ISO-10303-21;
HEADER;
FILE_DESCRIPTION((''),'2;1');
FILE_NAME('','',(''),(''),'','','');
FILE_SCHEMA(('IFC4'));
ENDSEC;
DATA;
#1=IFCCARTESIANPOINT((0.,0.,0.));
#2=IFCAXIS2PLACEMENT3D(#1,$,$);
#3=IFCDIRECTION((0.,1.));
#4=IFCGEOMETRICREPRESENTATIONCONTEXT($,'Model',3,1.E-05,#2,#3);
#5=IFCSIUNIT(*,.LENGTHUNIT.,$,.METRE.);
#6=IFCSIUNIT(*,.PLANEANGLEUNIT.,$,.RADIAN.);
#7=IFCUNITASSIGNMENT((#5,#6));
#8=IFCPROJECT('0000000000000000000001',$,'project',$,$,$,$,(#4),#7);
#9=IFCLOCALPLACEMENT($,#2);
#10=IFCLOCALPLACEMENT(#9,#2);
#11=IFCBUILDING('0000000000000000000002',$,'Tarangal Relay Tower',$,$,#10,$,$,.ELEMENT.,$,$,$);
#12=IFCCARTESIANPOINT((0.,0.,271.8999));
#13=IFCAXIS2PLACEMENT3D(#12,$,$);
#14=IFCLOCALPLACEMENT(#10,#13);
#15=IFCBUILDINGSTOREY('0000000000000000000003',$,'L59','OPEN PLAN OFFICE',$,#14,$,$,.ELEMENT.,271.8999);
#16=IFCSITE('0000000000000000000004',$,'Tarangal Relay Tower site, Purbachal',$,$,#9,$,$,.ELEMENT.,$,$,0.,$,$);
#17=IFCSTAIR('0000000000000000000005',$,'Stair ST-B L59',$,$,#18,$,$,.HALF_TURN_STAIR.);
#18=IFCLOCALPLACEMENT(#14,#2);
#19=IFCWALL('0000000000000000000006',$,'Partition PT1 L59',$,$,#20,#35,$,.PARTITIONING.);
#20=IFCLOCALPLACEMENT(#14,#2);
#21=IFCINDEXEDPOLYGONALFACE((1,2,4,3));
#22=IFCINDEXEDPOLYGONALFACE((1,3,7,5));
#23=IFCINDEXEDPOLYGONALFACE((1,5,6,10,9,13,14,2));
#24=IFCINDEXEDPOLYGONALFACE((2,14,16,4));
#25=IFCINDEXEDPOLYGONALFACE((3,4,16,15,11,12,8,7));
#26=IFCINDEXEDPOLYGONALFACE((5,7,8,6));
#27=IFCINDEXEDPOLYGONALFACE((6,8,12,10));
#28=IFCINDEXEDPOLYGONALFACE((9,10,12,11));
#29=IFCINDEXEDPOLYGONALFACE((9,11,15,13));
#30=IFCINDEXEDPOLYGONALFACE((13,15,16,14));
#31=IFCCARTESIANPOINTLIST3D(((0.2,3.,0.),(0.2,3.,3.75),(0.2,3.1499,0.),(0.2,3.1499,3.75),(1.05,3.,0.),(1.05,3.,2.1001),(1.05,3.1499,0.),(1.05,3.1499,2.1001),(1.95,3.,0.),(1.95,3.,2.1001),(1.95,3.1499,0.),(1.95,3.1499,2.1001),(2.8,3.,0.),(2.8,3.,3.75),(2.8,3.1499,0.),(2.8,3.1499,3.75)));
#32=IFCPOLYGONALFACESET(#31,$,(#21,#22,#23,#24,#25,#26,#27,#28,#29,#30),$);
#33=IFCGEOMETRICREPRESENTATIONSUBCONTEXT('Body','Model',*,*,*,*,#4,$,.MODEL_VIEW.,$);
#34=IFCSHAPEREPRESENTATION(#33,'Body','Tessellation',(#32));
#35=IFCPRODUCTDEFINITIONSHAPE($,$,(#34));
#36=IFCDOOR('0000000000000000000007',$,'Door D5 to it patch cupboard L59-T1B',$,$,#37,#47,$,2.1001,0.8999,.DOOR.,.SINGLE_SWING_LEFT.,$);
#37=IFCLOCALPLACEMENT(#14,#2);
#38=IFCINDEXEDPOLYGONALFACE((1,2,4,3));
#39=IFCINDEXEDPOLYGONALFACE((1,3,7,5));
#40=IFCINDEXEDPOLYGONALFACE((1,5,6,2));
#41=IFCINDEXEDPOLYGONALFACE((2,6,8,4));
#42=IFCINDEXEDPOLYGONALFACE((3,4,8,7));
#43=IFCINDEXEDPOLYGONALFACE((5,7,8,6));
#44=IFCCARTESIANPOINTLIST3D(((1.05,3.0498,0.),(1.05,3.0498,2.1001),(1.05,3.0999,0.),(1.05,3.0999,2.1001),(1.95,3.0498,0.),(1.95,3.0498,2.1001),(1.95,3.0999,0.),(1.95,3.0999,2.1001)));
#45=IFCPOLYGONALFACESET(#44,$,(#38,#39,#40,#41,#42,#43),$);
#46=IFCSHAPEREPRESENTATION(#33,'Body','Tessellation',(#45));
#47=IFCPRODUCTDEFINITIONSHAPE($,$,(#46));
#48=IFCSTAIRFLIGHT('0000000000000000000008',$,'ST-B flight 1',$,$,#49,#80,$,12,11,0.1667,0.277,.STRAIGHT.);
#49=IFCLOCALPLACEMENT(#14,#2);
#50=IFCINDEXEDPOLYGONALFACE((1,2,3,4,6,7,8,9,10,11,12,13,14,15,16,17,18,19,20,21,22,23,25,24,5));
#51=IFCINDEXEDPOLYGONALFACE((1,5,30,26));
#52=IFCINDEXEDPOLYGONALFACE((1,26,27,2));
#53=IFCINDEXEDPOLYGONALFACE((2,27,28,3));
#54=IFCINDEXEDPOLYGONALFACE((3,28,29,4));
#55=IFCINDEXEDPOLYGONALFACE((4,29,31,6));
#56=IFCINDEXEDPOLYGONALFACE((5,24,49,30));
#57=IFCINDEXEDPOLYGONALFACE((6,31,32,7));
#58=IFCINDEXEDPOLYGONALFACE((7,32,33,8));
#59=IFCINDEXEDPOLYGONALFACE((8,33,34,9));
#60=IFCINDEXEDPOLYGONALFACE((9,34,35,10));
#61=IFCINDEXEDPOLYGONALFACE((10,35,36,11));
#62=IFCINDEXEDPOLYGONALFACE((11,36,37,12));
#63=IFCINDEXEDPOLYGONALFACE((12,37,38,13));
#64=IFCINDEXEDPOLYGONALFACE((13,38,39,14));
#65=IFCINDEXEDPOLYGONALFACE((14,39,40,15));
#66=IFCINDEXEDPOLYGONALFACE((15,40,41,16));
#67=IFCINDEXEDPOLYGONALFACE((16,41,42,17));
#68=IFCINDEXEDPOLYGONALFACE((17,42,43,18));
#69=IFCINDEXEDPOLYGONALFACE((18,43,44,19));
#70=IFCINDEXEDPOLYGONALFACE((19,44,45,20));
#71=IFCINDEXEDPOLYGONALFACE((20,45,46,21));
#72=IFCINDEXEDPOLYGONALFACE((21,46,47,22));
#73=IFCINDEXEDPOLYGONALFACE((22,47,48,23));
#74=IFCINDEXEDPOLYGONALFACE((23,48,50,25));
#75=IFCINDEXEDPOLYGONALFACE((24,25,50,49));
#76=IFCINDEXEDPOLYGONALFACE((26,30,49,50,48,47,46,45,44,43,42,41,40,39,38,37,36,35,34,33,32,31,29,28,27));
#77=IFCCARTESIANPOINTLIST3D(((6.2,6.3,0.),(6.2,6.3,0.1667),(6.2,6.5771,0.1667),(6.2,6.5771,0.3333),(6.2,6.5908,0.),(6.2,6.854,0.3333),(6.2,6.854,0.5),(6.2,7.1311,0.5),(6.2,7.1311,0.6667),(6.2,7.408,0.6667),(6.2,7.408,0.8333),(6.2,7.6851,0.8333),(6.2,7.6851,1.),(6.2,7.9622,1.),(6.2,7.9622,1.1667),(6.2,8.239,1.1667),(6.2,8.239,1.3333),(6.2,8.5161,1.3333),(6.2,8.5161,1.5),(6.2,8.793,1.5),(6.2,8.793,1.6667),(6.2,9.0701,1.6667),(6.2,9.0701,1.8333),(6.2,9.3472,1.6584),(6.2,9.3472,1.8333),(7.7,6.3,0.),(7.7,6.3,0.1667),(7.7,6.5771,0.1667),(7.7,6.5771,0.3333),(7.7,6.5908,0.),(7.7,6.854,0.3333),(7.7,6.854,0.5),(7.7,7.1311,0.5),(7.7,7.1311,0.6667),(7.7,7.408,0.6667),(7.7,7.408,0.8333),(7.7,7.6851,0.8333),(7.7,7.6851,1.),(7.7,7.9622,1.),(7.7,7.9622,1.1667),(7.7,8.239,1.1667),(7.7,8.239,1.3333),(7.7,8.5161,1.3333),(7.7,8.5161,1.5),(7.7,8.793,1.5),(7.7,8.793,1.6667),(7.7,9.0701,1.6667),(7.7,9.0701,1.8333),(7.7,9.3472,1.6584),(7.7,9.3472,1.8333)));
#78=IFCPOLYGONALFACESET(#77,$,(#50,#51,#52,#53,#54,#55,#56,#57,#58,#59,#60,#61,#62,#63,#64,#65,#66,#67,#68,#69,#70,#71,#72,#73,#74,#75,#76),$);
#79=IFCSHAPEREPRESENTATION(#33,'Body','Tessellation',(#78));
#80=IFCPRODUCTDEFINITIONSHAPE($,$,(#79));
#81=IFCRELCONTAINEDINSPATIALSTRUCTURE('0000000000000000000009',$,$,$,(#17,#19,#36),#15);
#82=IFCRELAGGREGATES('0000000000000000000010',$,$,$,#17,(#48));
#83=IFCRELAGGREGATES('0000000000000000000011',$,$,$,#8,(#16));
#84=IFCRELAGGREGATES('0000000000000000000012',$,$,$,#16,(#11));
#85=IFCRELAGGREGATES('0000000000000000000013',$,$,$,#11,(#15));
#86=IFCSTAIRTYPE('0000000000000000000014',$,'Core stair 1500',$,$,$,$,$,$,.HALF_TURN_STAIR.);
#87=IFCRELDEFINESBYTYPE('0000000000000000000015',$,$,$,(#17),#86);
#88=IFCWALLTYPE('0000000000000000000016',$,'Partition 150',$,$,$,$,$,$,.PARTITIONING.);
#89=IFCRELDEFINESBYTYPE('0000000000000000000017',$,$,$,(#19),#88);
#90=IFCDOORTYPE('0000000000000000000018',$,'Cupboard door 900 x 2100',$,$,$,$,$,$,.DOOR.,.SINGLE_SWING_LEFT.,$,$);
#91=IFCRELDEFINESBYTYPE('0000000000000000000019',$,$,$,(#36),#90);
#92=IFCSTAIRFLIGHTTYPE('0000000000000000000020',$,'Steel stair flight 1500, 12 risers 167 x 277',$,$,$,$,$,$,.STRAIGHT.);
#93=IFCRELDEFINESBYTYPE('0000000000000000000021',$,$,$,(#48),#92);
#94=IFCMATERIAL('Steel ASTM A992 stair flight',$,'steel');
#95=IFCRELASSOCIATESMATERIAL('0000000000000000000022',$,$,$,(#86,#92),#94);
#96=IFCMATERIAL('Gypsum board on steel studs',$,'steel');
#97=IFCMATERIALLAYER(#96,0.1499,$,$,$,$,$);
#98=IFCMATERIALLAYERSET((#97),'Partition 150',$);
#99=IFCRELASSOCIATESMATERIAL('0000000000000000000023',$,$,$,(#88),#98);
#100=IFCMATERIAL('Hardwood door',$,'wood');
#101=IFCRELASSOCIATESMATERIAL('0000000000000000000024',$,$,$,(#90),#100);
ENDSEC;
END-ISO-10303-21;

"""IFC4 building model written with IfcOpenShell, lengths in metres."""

from ifc_helpers import new_model, si_unit, direction, frame, frame_2d, origin, place, context, subcontext, project, spatial, polyline, rectangle, outline, extrude, material, layer, layer_set, type_object, element, fill, aggregate, save


model = new_model("IFC4")

# Units and contexts
model_context = context("Model", 3, precision=1e-05, world=origin(), true_north=direction((0.0, 1.0)))
body_context = subcontext(model_context, "Body", "Model", "MODEL_VIEW")
ifc_project = project(units=[si_unit("LENGTHUNIT", "METRE"), si_unit("PLANEANGLEUNIT", "RADIAN")], contexts=[model_context])

# Site, building, storey
site_placement = place(None, origin())
site = spatial("IfcSite", under=ifc_project, at=site_placement, Name="Tarangal Relay Tower site, Purbachal", CompositionType="ELEMENT", RefElevation=0.0)
building_placement = place(site_placement, origin())
building = spatial("IfcBuilding", under=site, at=building_placement, Name="Tarangal Relay Tower", CompositionType="ELEMENT")
storey_placement = place(building_placement, frame((0.0, 0.0, 271.8999)))
storey = spatial("IfcBuildingStorey", under=building, at=storey_placement, Name="L59", Description="OPEN PLAN OFFICE", CompositionType="ELEMENT", Elevation=271.8999)

# Stair
ifc_material_1 = material(Name="Steel ASTM A992 stair flight", Category="steel")
stair_type = type_object("IfcStairType", Name="Core stair 1500", PredefinedType="HALF_TURN_STAIR", material=ifc_material_1)
stair_1_placement = place(storey_placement, origin())
stair_1 = element("IfcStair", 1, at=stair_1_placement, inside=storey, type_object=stair_type, Name="Stair ST-B L59", PredefinedType="HALF_TURN_STAIR")

# Wall, opening, door
ifc_material_2 = material(Name="Gypsum board on steel studs", Category="steel")
ifc_layer_1 = layer(ifc_material_2, 0.1499)
ifc_layer_set_1 = layer_set([ifc_layer_1], Name="Partition 150")
wall_type_1 = type_object("IfcWallType", Name="Partition 150", PredefinedType="PARTITIONING", material=ifc_layer_set_1)
wall_1_placement = place(storey_placement, frame((0.2, 3.075, 0.0), z_axis=(0.0, 0.0, 1.0), x_axis=(1.0, 0.0, 0.0)))
wall_1 = element("IfcWall", 2, at=wall_1_placement, inside=storey, type_object=wall_type_1, Name="Partition PT1 L59", PredefinedType="PARTITIONING", context=body_context, shape_type="SweptSolid", body=[
    extrude(rectangle(XDim=2.6001, YDim=0.1499, at=frame_2d((1.3, 0.0))), origin(), (0.0, 0.0, 1.0), 3.75),
])
opening_1_placement = place(wall_1_placement, frame((0.8501, 0.0, 0.0)))
opening_1 = element("IfcOpeningElement", 3, at=opening_1_placement, cuts=wall_1, PredefinedType="OPENING", context=body_context, shape_type="SweptSolid", body=[
    extrude(rectangle(XDim=0.8999, YDim=2.1001, at=frame_2d((0.45, 1.05))), frame((0.0, 0.085, 0.0), z_axis=(0.0, -1.0, 0.0), x_axis=(1.0, 0.0, 0.0)), (0.0, 0.0, 1.0), 0.1699),
])
ifc_material_3 = material(Name="Hardwood door", Category="wood")
door_type_1 = type_object("IfcDoorType", Name="Cupboard door 900 x 2100", OperationType="SINGLE_SWING_LEFT", PredefinedType="DOOR", material=ifc_material_3)
door_1_placement = place(opening_1_placement, origin())
door_1 = element("IfcDoor", 4, at=door_1_placement, inside=storey, type_object=door_type_1, Name="Door D5 to it patch cupboard L59-T1B", OperationType="SINGLE_SWING_LEFT", OverallHeight=2.1001, OverallWidth=0.8999, PredefinedType="DOOR", context=body_context, shape_type="SweptSolid", body=[
    extrude(rectangle(XDim=0.8999, YDim=2.1001, at=frame_2d((0.45, 1.05))), frame((0.0, 0.0249, 0.0), z_axis=(0.0, -1.0, 0.0), x_axis=(1.0, 0.0, 0.0)), (0.0, 0.0, 1.0), 0.05),
])
fill(opening_1, door_1)

# Stair flight
stair_flight_type = type_object("IfcStairFlightType", Name="Steel stair flight 1500, 12 risers 167 x 277", PredefinedType="STRAIGHT", material=ifc_material_1)
stair_flight_placement = place(storey_placement, frame((6.95, 6.3, 0.0), z_axis=(0.0, 0.0, 1.0), x_axis=(0.0, 1.0, 0.0)))
stair_flight = element("IfcStairFlight", 5, at=stair_flight_placement, type_object=stair_flight_type, Name="ST-B flight 1", NumberOfRisers=12, NumberOfTreads=11, PredefinedType="STRAIGHT", RiserHeight=0.1667, TreadLength=0.277, context=body_context, shape_type="SweptSolid", body=[
    extrude(outline(polyline([(0.0, 0.0), (0.0, 0.1667), (0.2771, 0.1667), (0.2771, 0.3333), (0.554, 0.3333), (0.554, 0.5), (0.8311, 0.5), (0.8311, 0.6667), (1.1079, 0.6667), (1.1079, 0.8333), (1.385, 0.8333), (1.385, 1.0), (1.6621, 1.0), (1.6621, 1.1667), (1.939, 1.1667), (1.939, 1.3333), (2.2161, 1.3333), (2.2161, 1.5), (2.4929, 1.5), (2.4929, 1.6667), (2.77, 1.6667), (2.77, 1.8333), (3.0471, 1.8333), (3.0471, 2.0), (3.0471, 1.6584), (0.2908, 0.0), (0.0, 0.0)])), frame((0.0, 0.75, 0.0), z_axis=(0.0, -1.0, 0.0), x_axis=(1.0, 0.0, 0.0)), (0.0, 0.0, 1.0), 1.5),
])
aggregate(stair_1, [stair_flight])

save(model, "model.ifc")
